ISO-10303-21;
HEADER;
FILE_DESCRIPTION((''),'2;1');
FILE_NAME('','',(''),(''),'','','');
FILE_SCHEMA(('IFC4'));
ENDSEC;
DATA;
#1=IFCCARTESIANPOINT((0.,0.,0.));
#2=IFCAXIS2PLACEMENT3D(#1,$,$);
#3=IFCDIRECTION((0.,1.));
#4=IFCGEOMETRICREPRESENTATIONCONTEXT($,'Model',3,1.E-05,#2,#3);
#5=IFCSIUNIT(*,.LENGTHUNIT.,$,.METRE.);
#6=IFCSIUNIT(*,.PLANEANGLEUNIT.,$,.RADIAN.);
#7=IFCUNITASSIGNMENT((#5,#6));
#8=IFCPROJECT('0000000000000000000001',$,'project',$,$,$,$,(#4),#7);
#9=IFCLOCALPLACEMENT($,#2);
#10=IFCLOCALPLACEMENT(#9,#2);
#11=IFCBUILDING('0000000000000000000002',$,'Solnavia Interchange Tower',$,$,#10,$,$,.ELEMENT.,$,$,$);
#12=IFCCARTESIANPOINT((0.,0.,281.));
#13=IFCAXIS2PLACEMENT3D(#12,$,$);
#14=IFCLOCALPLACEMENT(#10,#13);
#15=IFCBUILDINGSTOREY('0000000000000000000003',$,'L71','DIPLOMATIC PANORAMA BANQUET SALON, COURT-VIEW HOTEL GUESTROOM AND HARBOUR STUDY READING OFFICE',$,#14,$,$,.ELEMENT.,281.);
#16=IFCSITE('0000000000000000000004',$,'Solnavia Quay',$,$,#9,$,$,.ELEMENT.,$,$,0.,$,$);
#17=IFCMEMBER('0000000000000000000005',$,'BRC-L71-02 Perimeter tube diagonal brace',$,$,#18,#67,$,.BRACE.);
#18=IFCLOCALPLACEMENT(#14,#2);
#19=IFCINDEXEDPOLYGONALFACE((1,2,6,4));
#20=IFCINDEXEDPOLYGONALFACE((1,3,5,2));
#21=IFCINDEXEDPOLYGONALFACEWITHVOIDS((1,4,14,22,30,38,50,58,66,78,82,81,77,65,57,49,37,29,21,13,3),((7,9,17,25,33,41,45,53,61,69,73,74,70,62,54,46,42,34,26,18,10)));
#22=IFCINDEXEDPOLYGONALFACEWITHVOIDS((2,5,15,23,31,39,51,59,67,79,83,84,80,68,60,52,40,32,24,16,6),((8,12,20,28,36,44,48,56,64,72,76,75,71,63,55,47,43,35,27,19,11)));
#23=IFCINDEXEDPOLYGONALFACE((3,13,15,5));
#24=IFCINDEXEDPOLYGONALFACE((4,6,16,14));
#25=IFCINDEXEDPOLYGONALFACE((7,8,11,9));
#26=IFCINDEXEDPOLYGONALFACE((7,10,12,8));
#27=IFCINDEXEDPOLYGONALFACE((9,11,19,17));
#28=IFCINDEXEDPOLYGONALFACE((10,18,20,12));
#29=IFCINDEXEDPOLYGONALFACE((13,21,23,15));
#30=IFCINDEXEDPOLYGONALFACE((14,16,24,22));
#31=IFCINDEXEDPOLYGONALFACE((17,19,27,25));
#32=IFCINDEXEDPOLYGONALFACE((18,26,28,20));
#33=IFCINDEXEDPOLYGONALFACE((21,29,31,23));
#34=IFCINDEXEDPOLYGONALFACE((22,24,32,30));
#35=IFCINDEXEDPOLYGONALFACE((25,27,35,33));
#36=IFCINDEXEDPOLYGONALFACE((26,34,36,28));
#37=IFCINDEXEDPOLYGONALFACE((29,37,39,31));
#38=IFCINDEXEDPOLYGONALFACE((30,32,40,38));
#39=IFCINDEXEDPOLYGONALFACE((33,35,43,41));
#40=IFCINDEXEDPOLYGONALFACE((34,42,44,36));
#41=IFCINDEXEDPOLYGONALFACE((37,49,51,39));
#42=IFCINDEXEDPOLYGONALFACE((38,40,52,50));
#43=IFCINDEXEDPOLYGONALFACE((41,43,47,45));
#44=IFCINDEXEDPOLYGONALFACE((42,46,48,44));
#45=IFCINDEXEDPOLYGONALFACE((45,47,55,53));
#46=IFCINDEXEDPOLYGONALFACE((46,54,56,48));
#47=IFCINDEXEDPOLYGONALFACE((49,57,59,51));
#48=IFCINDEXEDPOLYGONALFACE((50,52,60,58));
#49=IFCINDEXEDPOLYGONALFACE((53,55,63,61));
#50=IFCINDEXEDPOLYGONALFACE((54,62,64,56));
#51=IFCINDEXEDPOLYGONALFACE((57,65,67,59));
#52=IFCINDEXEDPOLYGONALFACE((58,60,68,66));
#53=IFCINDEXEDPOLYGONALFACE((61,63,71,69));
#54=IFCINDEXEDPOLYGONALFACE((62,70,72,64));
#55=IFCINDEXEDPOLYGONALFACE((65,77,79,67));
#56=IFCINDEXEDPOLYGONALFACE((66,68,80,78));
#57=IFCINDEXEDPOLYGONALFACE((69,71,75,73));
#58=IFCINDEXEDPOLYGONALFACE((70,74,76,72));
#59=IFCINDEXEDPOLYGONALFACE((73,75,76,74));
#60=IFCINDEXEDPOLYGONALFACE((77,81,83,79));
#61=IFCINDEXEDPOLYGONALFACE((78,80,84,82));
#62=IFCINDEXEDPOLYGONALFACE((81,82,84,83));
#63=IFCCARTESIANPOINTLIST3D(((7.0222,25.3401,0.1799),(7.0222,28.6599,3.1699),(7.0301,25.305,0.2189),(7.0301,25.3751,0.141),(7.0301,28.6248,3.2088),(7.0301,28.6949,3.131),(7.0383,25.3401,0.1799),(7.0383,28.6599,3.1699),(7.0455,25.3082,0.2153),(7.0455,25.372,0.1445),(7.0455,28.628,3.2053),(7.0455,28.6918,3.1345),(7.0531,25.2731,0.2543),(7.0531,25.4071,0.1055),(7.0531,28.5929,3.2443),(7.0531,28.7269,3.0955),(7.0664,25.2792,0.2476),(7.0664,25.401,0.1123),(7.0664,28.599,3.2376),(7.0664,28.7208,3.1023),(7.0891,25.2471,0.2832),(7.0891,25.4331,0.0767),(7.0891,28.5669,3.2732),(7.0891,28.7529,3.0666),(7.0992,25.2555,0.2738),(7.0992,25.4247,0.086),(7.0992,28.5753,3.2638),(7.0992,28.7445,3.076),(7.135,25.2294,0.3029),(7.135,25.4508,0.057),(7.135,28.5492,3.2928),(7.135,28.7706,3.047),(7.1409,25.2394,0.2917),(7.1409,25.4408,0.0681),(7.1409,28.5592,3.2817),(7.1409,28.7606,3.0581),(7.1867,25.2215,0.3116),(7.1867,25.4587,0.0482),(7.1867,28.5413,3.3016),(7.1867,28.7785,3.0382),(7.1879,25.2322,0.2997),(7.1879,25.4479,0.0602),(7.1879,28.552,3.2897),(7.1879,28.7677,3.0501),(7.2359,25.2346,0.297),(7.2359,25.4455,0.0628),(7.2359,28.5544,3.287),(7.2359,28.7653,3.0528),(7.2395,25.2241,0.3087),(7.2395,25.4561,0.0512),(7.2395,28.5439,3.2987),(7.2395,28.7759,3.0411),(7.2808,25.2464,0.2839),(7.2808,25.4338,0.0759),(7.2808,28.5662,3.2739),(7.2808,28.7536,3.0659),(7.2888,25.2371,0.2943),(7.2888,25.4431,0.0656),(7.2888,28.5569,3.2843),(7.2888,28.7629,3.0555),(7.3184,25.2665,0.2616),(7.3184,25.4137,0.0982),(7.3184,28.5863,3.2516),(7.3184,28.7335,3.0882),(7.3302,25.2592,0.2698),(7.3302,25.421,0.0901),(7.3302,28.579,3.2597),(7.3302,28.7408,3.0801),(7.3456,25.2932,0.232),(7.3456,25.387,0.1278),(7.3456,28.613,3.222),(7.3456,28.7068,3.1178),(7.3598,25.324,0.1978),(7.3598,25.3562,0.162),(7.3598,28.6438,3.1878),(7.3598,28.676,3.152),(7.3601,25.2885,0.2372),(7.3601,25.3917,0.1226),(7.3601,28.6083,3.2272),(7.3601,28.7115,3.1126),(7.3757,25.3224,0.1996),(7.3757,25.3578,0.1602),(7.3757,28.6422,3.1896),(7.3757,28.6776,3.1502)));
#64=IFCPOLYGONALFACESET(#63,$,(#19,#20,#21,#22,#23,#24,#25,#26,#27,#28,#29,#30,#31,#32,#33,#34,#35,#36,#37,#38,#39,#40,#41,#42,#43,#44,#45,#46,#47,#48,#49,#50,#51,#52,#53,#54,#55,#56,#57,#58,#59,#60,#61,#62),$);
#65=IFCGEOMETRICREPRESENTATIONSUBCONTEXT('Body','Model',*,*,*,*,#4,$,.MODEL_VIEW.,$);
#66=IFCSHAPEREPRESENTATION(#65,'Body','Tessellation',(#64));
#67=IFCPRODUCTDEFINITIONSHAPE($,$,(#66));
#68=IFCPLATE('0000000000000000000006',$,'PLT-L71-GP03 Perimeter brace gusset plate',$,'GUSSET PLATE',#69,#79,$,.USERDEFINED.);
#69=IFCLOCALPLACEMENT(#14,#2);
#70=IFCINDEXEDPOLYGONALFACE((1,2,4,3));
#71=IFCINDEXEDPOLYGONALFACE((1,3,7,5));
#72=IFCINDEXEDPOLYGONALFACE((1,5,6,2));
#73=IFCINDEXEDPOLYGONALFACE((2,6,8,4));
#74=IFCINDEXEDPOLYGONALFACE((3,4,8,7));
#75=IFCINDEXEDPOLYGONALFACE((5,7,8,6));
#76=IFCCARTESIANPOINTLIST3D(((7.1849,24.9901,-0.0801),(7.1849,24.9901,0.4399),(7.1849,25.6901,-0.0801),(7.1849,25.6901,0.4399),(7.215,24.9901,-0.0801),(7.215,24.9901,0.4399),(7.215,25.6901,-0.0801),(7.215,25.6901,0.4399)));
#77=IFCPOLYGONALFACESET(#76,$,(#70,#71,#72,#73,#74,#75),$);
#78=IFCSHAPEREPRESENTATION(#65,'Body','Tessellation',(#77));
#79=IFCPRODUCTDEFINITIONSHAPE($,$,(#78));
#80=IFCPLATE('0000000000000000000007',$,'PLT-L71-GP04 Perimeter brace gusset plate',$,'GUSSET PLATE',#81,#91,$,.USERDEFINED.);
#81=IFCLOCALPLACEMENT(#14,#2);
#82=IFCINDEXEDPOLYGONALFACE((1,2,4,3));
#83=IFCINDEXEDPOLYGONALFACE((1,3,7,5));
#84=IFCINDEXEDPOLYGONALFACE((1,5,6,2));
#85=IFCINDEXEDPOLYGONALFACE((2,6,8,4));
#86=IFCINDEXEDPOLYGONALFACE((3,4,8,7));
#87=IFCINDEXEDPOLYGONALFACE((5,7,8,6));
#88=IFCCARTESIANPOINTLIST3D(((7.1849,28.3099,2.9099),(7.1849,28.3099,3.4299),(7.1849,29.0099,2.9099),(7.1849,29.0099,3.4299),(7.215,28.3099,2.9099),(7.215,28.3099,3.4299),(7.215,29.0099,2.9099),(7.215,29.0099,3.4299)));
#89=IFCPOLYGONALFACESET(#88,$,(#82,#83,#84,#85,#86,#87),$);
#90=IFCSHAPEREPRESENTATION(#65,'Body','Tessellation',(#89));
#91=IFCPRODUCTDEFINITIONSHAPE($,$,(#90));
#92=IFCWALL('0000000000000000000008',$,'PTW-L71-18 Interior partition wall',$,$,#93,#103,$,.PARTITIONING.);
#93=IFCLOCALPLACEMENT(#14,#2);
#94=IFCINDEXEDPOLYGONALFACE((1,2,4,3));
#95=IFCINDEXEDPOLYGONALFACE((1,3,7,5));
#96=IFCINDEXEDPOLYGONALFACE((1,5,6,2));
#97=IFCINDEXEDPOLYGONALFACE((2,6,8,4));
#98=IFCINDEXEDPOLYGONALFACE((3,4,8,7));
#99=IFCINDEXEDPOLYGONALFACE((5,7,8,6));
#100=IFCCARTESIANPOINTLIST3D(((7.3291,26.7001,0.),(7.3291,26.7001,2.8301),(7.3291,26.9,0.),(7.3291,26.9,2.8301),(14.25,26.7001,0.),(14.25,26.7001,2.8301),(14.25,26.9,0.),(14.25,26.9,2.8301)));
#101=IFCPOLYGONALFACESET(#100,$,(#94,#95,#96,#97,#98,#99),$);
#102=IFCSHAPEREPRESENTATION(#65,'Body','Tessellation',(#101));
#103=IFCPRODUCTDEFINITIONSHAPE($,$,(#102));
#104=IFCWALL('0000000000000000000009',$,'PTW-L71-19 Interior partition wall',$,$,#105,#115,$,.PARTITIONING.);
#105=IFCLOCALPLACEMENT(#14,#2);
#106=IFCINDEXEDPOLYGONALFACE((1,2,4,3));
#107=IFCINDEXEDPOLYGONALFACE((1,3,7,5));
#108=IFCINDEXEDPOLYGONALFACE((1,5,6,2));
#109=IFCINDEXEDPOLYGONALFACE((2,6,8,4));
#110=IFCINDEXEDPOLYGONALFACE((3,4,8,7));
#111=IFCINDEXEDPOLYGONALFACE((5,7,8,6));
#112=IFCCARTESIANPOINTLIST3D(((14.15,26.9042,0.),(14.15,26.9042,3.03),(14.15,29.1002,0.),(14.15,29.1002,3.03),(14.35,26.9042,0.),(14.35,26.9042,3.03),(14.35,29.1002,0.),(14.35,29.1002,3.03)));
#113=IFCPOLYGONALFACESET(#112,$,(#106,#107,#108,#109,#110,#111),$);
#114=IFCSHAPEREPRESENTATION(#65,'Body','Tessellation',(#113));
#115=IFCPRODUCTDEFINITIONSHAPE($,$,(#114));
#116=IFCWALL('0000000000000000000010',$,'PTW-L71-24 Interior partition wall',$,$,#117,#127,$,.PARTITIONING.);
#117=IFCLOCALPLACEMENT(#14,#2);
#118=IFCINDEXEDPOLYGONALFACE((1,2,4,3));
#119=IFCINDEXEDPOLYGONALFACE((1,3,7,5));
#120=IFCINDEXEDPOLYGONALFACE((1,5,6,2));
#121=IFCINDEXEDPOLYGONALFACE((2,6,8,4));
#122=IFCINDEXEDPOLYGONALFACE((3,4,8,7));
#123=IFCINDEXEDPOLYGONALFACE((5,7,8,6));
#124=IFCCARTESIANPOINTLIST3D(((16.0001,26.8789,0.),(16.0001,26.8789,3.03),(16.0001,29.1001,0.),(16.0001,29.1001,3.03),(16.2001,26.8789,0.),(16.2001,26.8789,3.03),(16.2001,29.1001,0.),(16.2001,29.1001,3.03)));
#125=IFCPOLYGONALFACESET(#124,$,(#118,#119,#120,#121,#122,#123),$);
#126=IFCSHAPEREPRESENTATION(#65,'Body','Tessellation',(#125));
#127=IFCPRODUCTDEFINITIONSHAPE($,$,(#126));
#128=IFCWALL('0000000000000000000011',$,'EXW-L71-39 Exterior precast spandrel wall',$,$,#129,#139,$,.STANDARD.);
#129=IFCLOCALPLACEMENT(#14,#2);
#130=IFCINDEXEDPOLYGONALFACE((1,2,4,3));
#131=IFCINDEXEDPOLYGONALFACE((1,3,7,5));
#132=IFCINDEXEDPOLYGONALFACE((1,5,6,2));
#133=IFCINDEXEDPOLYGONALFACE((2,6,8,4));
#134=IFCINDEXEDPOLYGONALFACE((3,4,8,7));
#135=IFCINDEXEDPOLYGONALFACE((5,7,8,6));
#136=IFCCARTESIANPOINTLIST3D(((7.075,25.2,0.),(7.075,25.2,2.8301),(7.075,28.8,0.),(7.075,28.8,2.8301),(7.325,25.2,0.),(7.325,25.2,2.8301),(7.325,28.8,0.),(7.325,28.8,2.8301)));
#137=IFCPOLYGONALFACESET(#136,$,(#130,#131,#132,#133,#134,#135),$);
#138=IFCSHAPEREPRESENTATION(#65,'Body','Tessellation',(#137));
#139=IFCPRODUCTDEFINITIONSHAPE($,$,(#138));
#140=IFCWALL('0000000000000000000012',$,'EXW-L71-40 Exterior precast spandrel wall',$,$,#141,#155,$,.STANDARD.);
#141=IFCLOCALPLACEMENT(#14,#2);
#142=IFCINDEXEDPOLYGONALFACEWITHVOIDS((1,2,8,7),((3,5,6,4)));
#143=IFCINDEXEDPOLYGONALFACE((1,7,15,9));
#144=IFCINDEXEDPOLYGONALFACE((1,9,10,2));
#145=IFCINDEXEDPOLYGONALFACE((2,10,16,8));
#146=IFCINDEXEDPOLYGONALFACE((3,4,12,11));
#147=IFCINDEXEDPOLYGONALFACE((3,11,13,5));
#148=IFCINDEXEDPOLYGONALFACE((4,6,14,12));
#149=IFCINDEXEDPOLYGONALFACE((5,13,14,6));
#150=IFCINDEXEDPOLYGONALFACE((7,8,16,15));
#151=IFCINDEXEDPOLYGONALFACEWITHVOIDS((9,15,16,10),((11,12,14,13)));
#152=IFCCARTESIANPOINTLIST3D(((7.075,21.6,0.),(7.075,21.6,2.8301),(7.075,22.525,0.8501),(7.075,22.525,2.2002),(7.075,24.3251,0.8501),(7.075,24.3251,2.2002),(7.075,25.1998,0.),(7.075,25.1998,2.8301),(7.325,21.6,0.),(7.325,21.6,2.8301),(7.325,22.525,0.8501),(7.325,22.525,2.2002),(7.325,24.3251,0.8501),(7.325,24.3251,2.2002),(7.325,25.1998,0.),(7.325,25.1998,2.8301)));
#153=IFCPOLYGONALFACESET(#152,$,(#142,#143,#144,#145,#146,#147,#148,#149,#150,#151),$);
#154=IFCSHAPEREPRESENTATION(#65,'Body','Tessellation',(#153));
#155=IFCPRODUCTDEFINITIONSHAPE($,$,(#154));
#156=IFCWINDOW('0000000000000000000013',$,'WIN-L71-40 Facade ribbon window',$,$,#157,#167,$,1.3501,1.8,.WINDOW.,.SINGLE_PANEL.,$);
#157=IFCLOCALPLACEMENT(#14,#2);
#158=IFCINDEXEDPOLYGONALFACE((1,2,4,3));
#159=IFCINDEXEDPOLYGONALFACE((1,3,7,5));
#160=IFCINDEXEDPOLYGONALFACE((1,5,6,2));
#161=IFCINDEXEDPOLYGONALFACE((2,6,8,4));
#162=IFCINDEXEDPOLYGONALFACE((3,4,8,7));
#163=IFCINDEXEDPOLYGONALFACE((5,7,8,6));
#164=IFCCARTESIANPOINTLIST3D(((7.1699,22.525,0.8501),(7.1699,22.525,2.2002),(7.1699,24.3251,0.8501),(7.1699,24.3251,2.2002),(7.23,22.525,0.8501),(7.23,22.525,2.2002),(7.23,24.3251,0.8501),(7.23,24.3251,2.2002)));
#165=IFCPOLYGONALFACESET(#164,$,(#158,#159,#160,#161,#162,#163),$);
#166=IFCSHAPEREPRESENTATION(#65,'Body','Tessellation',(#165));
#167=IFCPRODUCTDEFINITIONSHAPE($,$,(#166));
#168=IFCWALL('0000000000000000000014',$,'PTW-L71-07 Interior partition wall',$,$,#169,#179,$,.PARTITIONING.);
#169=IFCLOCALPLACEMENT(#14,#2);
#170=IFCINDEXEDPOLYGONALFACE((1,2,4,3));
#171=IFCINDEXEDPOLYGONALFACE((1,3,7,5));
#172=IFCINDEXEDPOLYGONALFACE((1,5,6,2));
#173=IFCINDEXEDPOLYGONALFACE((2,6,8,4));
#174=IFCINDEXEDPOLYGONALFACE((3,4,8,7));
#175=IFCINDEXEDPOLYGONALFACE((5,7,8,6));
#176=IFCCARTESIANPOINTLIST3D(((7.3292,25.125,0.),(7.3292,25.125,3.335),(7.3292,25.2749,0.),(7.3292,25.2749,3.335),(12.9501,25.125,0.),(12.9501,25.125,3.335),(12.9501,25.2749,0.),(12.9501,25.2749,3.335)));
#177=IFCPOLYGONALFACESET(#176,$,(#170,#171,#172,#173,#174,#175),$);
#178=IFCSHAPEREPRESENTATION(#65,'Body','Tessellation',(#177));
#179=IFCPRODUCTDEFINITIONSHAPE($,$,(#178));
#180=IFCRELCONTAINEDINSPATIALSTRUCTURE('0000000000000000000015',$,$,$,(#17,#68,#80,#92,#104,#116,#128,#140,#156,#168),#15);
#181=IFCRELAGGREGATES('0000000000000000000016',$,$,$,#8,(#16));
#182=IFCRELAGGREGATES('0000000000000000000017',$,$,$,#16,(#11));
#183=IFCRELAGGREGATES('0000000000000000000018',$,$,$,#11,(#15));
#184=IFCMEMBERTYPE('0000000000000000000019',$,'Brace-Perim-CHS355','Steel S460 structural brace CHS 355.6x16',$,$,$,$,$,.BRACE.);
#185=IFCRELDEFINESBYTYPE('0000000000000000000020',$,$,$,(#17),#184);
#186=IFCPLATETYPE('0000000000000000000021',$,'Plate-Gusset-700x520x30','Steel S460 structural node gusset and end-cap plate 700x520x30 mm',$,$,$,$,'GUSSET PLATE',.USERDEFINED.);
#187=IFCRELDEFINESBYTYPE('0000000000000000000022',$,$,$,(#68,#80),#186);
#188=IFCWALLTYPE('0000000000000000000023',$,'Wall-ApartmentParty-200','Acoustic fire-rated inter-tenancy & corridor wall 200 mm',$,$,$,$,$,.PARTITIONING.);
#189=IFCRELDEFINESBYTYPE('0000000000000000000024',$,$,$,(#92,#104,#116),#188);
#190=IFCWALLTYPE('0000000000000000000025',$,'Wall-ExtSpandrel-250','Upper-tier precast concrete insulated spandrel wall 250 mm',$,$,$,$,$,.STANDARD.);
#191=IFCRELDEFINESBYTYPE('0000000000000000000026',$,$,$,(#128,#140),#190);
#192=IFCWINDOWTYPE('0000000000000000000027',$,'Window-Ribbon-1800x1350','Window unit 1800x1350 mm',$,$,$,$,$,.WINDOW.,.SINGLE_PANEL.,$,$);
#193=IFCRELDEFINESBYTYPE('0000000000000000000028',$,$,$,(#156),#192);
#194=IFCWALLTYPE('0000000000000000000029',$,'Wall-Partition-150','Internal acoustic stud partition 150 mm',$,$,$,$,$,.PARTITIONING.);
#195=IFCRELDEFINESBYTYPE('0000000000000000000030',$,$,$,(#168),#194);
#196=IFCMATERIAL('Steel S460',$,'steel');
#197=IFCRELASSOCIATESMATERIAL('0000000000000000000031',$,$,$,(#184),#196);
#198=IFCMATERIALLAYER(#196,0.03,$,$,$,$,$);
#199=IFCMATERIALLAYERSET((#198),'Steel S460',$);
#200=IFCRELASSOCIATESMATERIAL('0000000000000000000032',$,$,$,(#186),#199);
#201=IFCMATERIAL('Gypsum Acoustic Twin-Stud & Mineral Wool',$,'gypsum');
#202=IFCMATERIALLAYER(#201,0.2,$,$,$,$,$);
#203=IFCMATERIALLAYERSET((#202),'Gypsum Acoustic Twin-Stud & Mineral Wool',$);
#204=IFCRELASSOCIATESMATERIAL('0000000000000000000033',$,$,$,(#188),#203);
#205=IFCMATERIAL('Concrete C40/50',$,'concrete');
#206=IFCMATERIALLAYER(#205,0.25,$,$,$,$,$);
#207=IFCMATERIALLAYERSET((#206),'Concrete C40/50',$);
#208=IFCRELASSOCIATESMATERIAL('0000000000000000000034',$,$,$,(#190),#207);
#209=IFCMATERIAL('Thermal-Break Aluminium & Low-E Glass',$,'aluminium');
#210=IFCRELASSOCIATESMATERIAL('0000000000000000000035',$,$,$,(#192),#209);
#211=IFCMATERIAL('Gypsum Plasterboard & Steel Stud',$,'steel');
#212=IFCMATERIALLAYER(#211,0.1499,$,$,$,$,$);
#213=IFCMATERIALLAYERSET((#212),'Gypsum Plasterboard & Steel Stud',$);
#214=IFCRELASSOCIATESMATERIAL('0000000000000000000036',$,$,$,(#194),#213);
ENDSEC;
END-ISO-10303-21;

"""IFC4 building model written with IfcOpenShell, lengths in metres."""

from ifc_helpers import new_model, si_unit, direction, frame, frame_2d, origin, origin_2d, place, context, subcontext, project, spatial, rectangle, hollow_circle, extrude, material, layer, layer_set, material_profile, profile_set, type_object, element, fill, save


model = new_model("IFC4")

# Units and contexts
model_context = context("Model", 3, precision=1e-05, world=origin(), true_north=direction((0.0, 1.0)))
body_context = subcontext(model_context, "Body", "Model", "MODEL_VIEW")
ifc_project = project(units=[si_unit("LENGTHUNIT", "METRE"), si_unit("PLANEANGLEUNIT", "RADIAN")], contexts=[model_context])

# Site, building, storey
site_placement = place(None, origin())
site = spatial("IfcSite", under=ifc_project, at=site_placement, Name="Solnavia Quay", CompositionType="ELEMENT", RefElevation=0.0)
building_placement = place(site_placement, origin())
building = spatial("IfcBuilding", under=site, at=building_placement, Name="Solnavia Interchange Tower", CompositionType="ELEMENT")
storey_placement = place(building_placement, frame((0.0, 0.0, 281.0)))
storey = spatial("IfcBuildingStorey", under=building, at=storey_placement, Name="L71", Description="DIPLOMATIC PANORAMA BANQUET SALON, COURT-VIEW HOTEL GUESTROOM AND HARBOUR STUDY READING OFFICE", CompositionType="ELEMENT", Elevation=281.0)

# Shared definitions
ifc_material_1 = material(Name="Steel S460", Category="steel")

# Member
ifc_material_profile_1 = material_profile(ifc_material_1, hollow_circle(Radius=0.1777, WallThickness=0.0161, at=origin_2d()), Name="CHS 355.6x16")
ifc_profile_set_1 = profile_set([ifc_material_profile_1], Name="Steel S460")
member_type = type_object("IfcMemberType", Name="Brace-Perim-CHS355", Description="Steel S460 structural brace CHS 355.6x16", PredefinedType="BRACE", material=ifc_profile_set_1)
member_placement = place(storey_placement, frame((7.2, 25.3401, 0.1799), z_axis=(0.0, 0.743055, 0.66923), x_axis=(-1.0, 0.0, 0.0)))
element("IfcMember", 1, at=member_placement, inside=storey, type_object=member_type, Name="BRC-L71-02 Perimeter tube diagonal brace", PredefinedType="BRACE", context=body_context, shape_type="SweptSolid", body=[
    extrude(hollow_circle(Radius=0.1777, WallThickness=0.0161, at=origin_2d()), origin(), (0.0, 0.0, 1.0), 4.4678),
])

# Plates
ifc_layer_1 = layer(ifc_material_1, 0.03)
ifc_layer_set_1 = layer_set([ifc_layer_1], Name="Steel S460")
plate_type = type_object("IfcPlateType", Name="Plate-Gusset-700x520x30", Description="Steel S460 structural node gusset and end-cap plate 700x520x30 mm", ElementType="GUSSET PLATE", PredefinedType="USERDEFINED", material=ifc_layer_set_1)
for number, where, z_axis, x_axis, name in (
    (2, (7.2, 25.3401, -0.0801), (0.0, 0.0, 1.0), (0.0, 1.0, 0.0), "PLT-L71-GP03 Perimeter brace gusset plate"),
    (3, (7.2, 28.6599, 2.9099), (0.0, 0.0, 1.0), (0.0, 1.0, 0.0), "PLT-L71-GP04 Perimeter brace gusset plate"),
):
    element("IfcPlate", number, at=place(storey_placement, frame(where, z_axis=z_axis, x_axis=x_axis)), inside=storey, type_object=plate_type, Name=name, ObjectType="GUSSET PLATE", PredefinedType="USERDEFINED", context=body_context, shape_type="SweptSolid", body=[
        extrude(rectangle(XDim=0.7, YDim=0.03, at=origin_2d()), origin(), (0.0, 0.0, 1.0), 0.52),
    ])

# Walls
ifc_material_2 = material(Name="Gypsum Acoustic Twin-Stud & Mineral Wool", Category="gypsum")
ifc_layer_2 = layer(ifc_material_2, 0.2)
ifc_layer_set_2 = layer_set([ifc_layer_2], Name="Gypsum Acoustic Twin-Stud & Mineral Wool")
wall_type_1 = type_object("IfcWallType", Name="Wall-ApartmentParty-200", Description="Acoustic fire-rated inter-tenancy & corridor wall 200 mm", PredefinedType="PARTITIONING", material=ifc_layer_set_2)
wall_1_placement = place(storey_placement, frame((7.3291, 26.8, 0.0), z_axis=(0.0, 0.0, 1.0), x_axis=(1.0, 0.0, 0.0)))
element("IfcWall", 4, at=wall_1_placement, inside=storey, type_object=wall_type_1, Name="PTW-L71-18 Interior partition wall", PredefinedType="PARTITIONING", context=body_context, shape_type="SweptSolid", body=[
    extrude(rectangle(XDim=6.9209, YDim=0.2, at=frame_2d((3.4604, 0.0))), origin(), (0.0, 0.0, 1.0), 2.8301),
])
wall_2_placement = place(storey_placement, frame((14.25, 26.9041, 0.0), z_axis=(0.0, 0.0, 1.0), x_axis=(0.0, 1.0, 0.0)))
element("IfcWall", 5, at=wall_2_placement, inside=storey, type_object=wall_type_1, Name="PTW-L71-19 Interior partition wall", PredefinedType="PARTITIONING", context=body_context, shape_type="SweptSolid", body=[
    extrude(rectangle(XDim=2.196, YDim=0.2, at=frame_2d((1.0981, 0.0))), origin(), (0.0, 0.0, 1.0), 3.03),
])
wall_3_placement = place(storey_placement, frame((16.1001, 26.8789, 0.0), z_axis=(0.0, 0.0, 1.0), x_axis=(0.0, 1.0, 0.0)))
element("IfcWall", 6, at=wall_3_placement, inside=storey, type_object=wall_type_1, Name="PTW-L71-24 Interior partition wall", PredefinedType="PARTITIONING", context=body_context, shape_type="SweptSolid", body=[
    extrude(rectangle(XDim=2.2212, YDim=0.2, at=frame_2d((1.1106, 0.0))), origin(), (0.0, 0.0, 1.0), 3.03),
])
ifc_material_3 = material(Name="Concrete C40/50", Category="concrete")
ifc_layer_3 = layer(ifc_material_3, 0.25)
ifc_layer_set_3 = layer_set([ifc_layer_3], Name="Concrete C40/50")
wall_type_2 = type_object("IfcWallType", Name="Wall-ExtSpandrel-250", Description="Upper-tier precast concrete insulated spandrel wall 250 mm", PredefinedType="STANDARD", material=ifc_layer_set_3)
wall_4_placement = place(storey_placement, frame((7.2, 25.2, 0.0), z_axis=(0.0, 0.0, 1.0), x_axis=(0.0, 1.0, 0.0)))
element("IfcWall", 7, at=wall_4_placement, inside=storey, type_object=wall_type_2, Name="EXW-L71-39 Exterior precast spandrel wall", PredefinedType="STANDARD", context=body_context, shape_type="SweptSolid", body=[
    extrude(rectangle(XDim=3.6001, YDim=0.25, at=frame_2d((1.8, 0.0))), origin(), (0.0, 0.0, 1.0), 2.8301),
])

# Wall, opening, window
wall_5_placement = place(storey_placement, frame((7.2, 21.6001, 0.0), z_axis=(0.0, 0.0, 1.0), x_axis=(0.0, 1.0, 0.0)))
wall_5 = element("IfcWall", 8, at=wall_5_placement, inside=storey, type_object=wall_type_2, Name="EXW-L71-40 Exterior precast spandrel wall", PredefinedType="STANDARD", context=body_context, shape_type="SweptSolid", body=[
    extrude(rectangle(XDim=3.5999, YDim=0.25, at=frame_2d((1.7998, 0.0))), origin(), (0.0, 0.0, 1.0), 2.8301),
])
opening_placement = place(wall_5_placement, frame((0.925, 0.0, 0.8501)))
opening = element("IfcOpeningElement", 9, at=opening_placement, cuts=wall_5, PredefinedType="OPENING", context=body_context, shape_type="SweptSolid", body=[
    extrude(rectangle(XDim=1.8, YDim=1.3501, at=frame_2d((0.8999, 0.675))), frame((0.0, 0.135, 0.0), z_axis=(0.0, -1.0, 0.0), x_axis=(1.0, 0.0, 0.0)), (0.0, 0.0, 1.0), 0.27),
])
ifc_material_4 = material(Name="Thermal-Break Aluminium & Low-E Glass", Category="aluminium")
window_type = type_object("IfcWindowType", Name="Window-Ribbon-1800x1350", Description="Window unit 1800x1350 mm", PartitioningType="SINGLE_PANEL", PredefinedType="WINDOW", material=ifc_material_4)
window_placement = place(opening_placement, origin())
window = element("IfcWindow", 10, at=window_placement, inside=storey, type_object=window_type, Name="WIN-L71-40 Facade ribbon window", OverallHeight=1.3501, OverallWidth=1.8, PartitioningType="SINGLE_PANEL", PredefinedType="WINDOW", context=body_context, shape_type="SweptSolid", body=[
    extrude(rectangle(XDim=1.8, YDim=1.3501, at=frame_2d((0.8999, 0.675))), frame((0.0, 0.03, 0.0), z_axis=(0.0, -1.0, 0.0), x_axis=(1.0, 0.0, 0.0)), (0.0, 0.0, 1.0), 0.0601),
])
fill(opening, window)

# Wall
ifc_material_5 = material(Name="Gypsum Plasterboard & Steel Stud", Category="steel")
ifc_layer_4 = layer(ifc_material_5, 0.1499)
ifc_layer_set_4 = layer_set([ifc_layer_4], Name="Gypsum Plasterboard & Steel Stud")
wall_type_3 = type_object("IfcWallType", Name="Wall-Partition-150", Description="Internal acoustic stud partition 150 mm", PredefinedType="PARTITIONING", material=ifc_layer_set_4)
wall_6_placement = place(storey_placement, frame((7.3291, 25.2, 0.0), z_axis=(0.0, 0.0, 1.0), x_axis=(1.0, 0.0, 0.0)))
element("IfcWall", 11, at=wall_6_placement, inside=storey, type_object=wall_type_3, Name="PTW-L71-07 Interior partition wall", PredefinedType="PARTITIONING", context=body_context, shape_type="SweptSolid", body=[
    extrude(rectangle(XDim=5.6208, YDim=0.1499, at=frame_2d((2.8105, 0.0))), origin(), (0.0, 0.0, 1.0), 3.335),
])

save(model, "model.ifc")
